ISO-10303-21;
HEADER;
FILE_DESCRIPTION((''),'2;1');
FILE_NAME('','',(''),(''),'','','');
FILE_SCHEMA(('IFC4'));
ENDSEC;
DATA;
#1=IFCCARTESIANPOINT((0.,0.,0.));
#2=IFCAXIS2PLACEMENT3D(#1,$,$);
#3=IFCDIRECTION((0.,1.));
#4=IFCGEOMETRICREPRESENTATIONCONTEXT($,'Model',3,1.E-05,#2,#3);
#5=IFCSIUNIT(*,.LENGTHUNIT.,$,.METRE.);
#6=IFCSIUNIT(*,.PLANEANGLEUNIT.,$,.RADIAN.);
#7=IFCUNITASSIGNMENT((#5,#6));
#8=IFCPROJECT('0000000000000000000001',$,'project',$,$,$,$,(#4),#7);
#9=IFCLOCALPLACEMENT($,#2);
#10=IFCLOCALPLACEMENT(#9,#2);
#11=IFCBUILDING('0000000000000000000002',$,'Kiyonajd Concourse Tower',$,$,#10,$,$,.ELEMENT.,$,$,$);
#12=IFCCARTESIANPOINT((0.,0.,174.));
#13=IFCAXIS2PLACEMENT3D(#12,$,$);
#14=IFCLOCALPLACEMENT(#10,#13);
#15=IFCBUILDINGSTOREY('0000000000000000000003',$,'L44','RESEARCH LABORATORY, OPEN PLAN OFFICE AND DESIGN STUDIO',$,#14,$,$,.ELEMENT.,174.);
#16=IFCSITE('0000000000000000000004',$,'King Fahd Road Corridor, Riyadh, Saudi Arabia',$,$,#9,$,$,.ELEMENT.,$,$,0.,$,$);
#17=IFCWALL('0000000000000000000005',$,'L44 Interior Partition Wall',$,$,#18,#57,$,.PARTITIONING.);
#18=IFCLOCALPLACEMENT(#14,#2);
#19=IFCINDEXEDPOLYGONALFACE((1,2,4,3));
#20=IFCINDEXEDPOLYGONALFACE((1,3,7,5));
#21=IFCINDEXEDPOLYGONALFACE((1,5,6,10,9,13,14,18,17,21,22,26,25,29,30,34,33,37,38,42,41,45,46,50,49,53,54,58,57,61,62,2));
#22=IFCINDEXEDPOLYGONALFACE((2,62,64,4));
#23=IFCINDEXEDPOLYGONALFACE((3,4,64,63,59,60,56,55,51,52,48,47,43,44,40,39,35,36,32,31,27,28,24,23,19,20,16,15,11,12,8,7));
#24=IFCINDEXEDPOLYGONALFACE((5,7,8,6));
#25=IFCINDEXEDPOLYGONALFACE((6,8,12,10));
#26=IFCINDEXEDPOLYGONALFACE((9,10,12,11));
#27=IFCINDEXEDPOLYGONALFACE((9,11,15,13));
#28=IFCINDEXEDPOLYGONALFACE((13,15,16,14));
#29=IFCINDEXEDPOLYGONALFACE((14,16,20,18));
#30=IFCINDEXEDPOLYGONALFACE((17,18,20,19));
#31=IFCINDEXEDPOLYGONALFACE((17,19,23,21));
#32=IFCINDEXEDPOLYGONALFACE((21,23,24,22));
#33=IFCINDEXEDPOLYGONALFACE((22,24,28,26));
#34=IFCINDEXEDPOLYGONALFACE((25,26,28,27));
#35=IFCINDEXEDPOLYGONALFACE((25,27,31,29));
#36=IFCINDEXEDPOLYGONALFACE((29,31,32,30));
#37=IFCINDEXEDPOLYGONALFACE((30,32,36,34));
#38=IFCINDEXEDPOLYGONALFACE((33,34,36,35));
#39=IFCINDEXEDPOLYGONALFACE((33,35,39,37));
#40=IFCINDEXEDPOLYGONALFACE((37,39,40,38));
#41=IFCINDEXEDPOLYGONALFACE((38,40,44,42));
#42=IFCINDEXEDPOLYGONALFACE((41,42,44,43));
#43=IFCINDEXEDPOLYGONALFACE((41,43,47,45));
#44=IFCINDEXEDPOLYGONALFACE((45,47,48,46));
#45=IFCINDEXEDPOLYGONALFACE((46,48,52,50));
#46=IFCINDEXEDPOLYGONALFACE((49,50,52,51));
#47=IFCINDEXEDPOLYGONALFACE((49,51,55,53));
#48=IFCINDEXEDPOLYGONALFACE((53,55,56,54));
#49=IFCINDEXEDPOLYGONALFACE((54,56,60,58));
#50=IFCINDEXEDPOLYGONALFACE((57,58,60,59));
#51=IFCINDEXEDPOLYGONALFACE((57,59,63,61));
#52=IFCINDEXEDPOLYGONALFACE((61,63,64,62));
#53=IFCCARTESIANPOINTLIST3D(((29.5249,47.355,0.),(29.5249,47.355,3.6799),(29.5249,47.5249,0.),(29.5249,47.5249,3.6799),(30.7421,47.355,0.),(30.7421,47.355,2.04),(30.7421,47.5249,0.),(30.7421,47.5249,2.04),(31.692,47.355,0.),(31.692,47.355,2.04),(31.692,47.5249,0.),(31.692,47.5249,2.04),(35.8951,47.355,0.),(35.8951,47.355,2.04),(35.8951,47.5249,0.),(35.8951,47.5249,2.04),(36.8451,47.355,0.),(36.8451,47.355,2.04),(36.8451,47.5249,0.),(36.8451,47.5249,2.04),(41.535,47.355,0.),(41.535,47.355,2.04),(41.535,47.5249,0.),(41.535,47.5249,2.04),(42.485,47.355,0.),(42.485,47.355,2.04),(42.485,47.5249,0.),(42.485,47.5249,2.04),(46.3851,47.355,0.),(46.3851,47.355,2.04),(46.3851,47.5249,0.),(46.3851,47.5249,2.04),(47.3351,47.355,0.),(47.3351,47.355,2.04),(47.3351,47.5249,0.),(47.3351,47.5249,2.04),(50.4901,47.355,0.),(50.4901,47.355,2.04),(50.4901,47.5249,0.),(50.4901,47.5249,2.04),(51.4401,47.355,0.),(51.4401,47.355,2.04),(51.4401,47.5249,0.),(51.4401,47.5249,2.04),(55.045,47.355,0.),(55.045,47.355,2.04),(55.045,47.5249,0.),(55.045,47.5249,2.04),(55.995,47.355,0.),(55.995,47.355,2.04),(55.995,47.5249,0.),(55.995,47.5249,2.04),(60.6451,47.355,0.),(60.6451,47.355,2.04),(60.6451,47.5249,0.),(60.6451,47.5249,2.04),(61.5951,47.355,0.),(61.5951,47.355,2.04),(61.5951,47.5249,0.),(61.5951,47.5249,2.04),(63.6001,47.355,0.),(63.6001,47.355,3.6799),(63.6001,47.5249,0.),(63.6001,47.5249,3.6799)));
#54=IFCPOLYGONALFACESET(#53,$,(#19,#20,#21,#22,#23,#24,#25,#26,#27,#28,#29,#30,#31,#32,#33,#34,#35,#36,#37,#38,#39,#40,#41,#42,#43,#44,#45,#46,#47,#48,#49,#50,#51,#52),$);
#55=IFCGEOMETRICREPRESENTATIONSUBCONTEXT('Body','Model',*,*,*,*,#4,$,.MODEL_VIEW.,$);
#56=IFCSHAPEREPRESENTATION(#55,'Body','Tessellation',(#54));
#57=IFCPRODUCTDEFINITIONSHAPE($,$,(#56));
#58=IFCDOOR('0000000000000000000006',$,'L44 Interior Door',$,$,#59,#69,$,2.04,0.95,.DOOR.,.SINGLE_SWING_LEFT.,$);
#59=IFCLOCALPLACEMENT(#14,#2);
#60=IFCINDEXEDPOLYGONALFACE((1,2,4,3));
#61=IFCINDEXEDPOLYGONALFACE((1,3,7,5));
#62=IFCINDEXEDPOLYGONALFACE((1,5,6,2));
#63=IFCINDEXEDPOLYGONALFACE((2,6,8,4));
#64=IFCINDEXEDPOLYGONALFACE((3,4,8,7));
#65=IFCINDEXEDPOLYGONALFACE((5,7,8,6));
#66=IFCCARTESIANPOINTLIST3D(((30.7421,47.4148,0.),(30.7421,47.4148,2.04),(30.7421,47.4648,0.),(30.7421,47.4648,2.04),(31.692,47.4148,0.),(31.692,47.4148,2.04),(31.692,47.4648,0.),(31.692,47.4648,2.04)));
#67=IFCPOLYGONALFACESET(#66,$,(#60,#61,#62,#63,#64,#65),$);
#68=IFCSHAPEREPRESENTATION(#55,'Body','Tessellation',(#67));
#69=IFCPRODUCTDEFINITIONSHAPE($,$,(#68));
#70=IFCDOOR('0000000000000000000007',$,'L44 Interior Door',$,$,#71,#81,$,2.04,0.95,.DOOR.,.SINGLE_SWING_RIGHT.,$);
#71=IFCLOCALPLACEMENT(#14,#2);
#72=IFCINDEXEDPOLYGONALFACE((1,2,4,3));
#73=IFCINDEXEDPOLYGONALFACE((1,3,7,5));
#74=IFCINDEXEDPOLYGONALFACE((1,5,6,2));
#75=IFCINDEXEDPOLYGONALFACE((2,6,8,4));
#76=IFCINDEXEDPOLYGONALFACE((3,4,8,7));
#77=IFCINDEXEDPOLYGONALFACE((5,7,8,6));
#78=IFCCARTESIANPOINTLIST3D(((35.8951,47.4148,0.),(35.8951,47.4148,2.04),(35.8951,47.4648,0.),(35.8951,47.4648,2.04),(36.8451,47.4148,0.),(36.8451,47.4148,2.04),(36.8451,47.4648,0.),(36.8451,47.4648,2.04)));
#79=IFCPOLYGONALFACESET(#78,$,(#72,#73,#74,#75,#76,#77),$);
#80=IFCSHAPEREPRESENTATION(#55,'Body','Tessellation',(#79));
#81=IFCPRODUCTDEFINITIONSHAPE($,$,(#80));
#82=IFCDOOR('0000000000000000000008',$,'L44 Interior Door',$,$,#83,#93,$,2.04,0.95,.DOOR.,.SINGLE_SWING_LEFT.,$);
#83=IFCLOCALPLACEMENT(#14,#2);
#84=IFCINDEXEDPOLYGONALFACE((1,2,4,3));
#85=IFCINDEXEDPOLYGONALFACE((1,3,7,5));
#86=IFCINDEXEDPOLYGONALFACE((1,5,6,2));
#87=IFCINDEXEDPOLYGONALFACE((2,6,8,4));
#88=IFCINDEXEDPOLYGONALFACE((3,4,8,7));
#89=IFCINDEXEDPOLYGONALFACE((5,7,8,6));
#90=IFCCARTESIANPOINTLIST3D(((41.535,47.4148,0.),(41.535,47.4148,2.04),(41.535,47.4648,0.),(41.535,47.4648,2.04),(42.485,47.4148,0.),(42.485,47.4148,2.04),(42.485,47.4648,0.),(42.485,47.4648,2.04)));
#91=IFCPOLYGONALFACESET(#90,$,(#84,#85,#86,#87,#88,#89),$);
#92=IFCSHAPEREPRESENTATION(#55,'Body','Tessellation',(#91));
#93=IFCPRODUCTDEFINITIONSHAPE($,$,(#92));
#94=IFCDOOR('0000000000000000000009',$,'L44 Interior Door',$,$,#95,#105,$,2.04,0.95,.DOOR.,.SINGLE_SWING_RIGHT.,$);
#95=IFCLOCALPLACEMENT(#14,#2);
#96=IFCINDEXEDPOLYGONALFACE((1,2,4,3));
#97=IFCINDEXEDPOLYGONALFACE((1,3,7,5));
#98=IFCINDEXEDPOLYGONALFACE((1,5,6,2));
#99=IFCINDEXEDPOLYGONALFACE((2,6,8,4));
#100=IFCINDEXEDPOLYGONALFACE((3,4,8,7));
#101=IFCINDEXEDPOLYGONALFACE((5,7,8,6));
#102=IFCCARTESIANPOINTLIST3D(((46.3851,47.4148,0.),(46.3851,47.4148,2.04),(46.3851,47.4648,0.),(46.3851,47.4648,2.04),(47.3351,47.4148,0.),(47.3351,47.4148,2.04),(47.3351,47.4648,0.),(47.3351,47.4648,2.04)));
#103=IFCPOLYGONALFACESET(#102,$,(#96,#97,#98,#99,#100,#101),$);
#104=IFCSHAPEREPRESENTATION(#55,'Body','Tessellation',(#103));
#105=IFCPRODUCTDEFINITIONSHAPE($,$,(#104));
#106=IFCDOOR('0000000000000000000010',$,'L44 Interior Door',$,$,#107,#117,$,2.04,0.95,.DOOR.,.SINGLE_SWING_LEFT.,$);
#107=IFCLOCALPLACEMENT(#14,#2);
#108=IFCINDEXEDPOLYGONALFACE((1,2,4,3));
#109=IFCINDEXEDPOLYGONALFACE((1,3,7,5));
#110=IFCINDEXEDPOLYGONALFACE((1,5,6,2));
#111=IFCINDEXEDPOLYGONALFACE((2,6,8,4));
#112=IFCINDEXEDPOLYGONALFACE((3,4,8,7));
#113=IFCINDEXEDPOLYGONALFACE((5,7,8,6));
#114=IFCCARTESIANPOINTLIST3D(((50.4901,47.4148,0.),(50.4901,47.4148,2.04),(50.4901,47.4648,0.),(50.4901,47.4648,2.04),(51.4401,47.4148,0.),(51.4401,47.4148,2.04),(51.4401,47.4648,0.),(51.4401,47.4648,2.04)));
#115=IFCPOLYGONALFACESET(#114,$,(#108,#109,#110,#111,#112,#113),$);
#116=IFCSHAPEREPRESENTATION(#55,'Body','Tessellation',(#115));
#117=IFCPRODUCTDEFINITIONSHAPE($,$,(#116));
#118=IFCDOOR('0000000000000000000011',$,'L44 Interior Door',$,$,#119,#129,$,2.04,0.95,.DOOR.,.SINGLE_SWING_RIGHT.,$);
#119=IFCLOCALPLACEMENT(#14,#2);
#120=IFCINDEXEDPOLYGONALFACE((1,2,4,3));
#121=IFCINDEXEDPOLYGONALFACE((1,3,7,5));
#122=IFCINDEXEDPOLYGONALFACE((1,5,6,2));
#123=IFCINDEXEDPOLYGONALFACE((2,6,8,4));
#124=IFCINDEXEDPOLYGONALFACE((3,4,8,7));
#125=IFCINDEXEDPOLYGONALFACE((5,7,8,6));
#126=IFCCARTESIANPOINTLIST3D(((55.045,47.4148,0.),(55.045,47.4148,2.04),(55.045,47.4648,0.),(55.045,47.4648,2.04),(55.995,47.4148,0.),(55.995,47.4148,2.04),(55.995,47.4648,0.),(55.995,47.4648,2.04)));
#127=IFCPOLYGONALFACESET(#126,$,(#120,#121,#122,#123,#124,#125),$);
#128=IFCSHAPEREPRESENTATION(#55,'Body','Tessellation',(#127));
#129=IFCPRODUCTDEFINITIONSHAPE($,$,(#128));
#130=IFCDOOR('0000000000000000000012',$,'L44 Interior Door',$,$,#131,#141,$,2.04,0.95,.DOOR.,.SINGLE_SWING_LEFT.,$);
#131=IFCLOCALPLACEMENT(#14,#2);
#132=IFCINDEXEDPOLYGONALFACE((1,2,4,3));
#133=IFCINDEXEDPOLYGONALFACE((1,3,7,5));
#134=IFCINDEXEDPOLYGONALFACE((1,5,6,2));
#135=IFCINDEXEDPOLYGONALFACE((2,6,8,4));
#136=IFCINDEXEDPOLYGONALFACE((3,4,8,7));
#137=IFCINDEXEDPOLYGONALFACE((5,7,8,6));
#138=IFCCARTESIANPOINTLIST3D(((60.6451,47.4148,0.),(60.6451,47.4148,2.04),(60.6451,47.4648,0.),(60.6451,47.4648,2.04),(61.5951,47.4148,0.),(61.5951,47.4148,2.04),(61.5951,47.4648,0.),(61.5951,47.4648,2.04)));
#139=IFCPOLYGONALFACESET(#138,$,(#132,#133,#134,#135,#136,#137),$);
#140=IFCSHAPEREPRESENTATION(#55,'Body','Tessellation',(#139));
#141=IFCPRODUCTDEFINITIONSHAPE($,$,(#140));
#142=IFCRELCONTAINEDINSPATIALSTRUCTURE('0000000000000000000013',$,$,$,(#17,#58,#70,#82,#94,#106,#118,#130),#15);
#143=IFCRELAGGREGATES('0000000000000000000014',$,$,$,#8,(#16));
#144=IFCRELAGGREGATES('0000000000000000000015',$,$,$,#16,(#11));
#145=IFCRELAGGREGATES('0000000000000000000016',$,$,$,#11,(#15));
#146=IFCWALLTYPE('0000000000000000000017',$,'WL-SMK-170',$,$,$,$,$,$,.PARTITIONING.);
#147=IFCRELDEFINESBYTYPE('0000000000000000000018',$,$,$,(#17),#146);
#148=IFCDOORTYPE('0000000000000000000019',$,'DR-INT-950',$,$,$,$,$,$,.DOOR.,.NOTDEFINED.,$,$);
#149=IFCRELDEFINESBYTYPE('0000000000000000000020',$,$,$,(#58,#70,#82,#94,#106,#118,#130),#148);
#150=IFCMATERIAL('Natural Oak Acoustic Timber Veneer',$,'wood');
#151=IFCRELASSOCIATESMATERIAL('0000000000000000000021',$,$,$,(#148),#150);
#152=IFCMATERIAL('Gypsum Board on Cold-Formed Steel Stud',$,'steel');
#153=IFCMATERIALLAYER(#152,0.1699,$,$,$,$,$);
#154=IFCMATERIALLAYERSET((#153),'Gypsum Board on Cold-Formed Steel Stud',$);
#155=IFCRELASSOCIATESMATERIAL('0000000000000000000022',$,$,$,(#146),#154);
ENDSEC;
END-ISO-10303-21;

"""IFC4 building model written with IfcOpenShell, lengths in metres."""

from ifc_helpers import new_model, si_unit, direction, frame, frame_2d, origin, place, context, subcontext, project, spatial, rectangle, extrude, material, layer, layer_set, type_object, element, fill, save


model = new_model("IFC4")

# Units and contexts
model_context = context("Model", 3, precision=1e-05, world=origin(), true_north=direction((0.0, 1.0)))
body_context = subcontext(model_context, "Body", "Model", "MODEL_VIEW")
ifc_project = project(units=[si_unit("LENGTHUNIT", "METRE"), si_unit("PLANEANGLEUNIT", "RADIAN")], contexts=[model_context])

# Site, building, storey
site_placement = place(None, origin())
site = spatial("IfcSite", under=ifc_project, at=site_placement, Name="King Fahd Road Corridor, Riyadh, Saudi Arabia", CompositionType="ELEMENT", RefElevation=0.0)
building_placement = place(site_placement, origin())
building = spatial("IfcBuilding", under=site, at=building_placement, Name="Kiyonajd Concourse Tower", CompositionType="ELEMENT")
storey_placement = place(building_placement, frame((0.0, 0.0, 174.0)))
storey = spatial("IfcBuildingStorey", under=building, at=storey_placement, Name="L44", Description="RESEARCH LABORATORY, OPEN PLAN OFFICE AND DESIGN STUDIO", CompositionType="ELEMENT", Elevation=174.0)

# Shared definitions
ifc_material_1 = material(Name="Natural Oak Acoustic Timber Veneer", Category="wood")
door_type_1 = type_object("IfcDoorType", Name="DR-INT-950", OperationType="NOTDEFINED", PredefinedType="DOOR", material=ifc_material_1)

# Shared definitions
ifc_material_2 = material(Name="Gypsum Board on Cold-Formed Steel Stud", Category="steel")

# Wall, openings, doors
ifc_layer_1 = layer(ifc_material_2, 0.1699)
ifc_layer_set_1 = layer_set([ifc_layer_1], Name="Gypsum Board on Cold-Formed Steel Stud")
wall_type_1 = type_object("IfcWallType", Name="WL-SMK-170", PredefinedType="PARTITIONING", material=ifc_layer_set_1)
wall_1_placement = place(storey_placement, frame((29.5249, 47.4399, 0.0), z_axis=(0.0, 0.0, 1.0), x_axis=(1.0, 0.0, 0.0)))
wall_1 = element("IfcWall", 1, at=wall_1_placement, inside=storey, type_object=wall_type_1, Name="L44 Interior Partition Wall", PredefinedType="PARTITIONING", context=body_context, shape_type="SweptSolid", body=[
    extrude(rectangle(XDim=34.0752, YDim=0.1699, at=frame_2d((17.0376, 0.0))), origin(), (0.0, 0.0, 1.0), 3.6799),
])
opening_1_placement = place(wall_1_placement, frame((1.217, 0.0, 0.0)))
opening_1 = element("IfcOpeningElement", 2, at=opening_1_placement, cuts=wall_1, PredefinedType="OPENING", context=body_context, shape_type="SweptSolid", body=[
    extrude(rectangle(XDim=0.95, YDim=2.04, at=frame_2d((0.4751, 1.02))), frame((0.0, 0.095, 0.0), z_axis=(0.0, -1.0, 0.0), x_axis=(1.0, 0.0, 0.0)), (0.0, 0.0, 1.0), 0.1899),
])
opening_2_placement = place(wall_1_placement, frame((6.3701, 0.0, 0.0)))
opening_2 = element("IfcOpeningElement", 3, at=opening_2_placement, cuts=wall_1, PredefinedType="OPENING", context=body_context, shape_type="SweptSolid", body=[
    extrude(rectangle(XDim=0.95, YDim=2.04, at=frame_2d((0.4751, 1.02))), frame((0.0, 0.095, 0.0), z_axis=(0.0, -1.0, 0.0), x_axis=(1.0, 0.0, 0.0)), (0.0, 0.0, 1.0), 0.1899),
])
opening_3_placement = place(wall_1_placement, frame((12.01, 0.0, 0.0)))
opening_3 = element("IfcOpeningElement", 4, at=opening_3_placement, cuts=wall_1, PredefinedType="OPENING", context=body_context, shape_type="SweptSolid", body=[
    extrude(rectangle(XDim=0.95, YDim=2.04, at=frame_2d((0.4751, 1.02))), frame((0.0, 0.095, 0.0), z_axis=(0.0, -1.0, 0.0), x_axis=(1.0, 0.0, 0.0)), (0.0, 0.0, 1.0), 0.1899),
])
opening_4_placement = place(wall_1_placement, frame((16.8601, 0.0, 0.0)))
opening_4 = element("IfcOpeningElement", 5, at=opening_4_placement, cuts=wall_1, PredefinedType="OPENING", context=body_context, shape_type="SweptSolid", body=[
    extrude(rectangle(XDim=0.95, YDim=2.04, at=frame_2d((0.4751, 1.02))), frame((0.0, 0.095, 0.0), z_axis=(0.0, -1.0, 0.0), x_axis=(1.0, 0.0, 0.0)), (0.0, 0.0, 1.0), 0.1899),
])
opening_5_placement = place(wall_1_placement, frame((20.9651, 0.0, 0.0)))
opening_5 = element("IfcOpeningElement", 6, at=opening_5_placement, cuts=wall_1, PredefinedType="OPENING", context=body_context, shape_type="SweptSolid", body=[
    extrude(rectangle(XDim=0.95, YDim=2.04, at=frame_2d((0.4751, 1.02))), frame((0.0, 0.095, 0.0), z_axis=(0.0, -1.0, 0.0), x_axis=(1.0, 0.0, 0.0)), (0.0, 0.0, 1.0), 0.1899),
])
opening_6_placement = place(wall_1_placement, frame((25.52, 0.0, 0.0)))
opening_6 = element("IfcOpeningElement", 7, at=opening_6_placement, cuts=wall_1, PredefinedType="OPENING", context=body_context, shape_type="SweptSolid", body=[
    extrude(rectangle(XDim=0.95, YDim=2.04, at=frame_2d((0.4751, 1.02))), frame((0.0, 0.095, 0.0), z_axis=(0.0, -1.0, 0.0), x_axis=(1.0, 0.0, 0.0)), (0.0, 0.0, 1.0), 0.1899),
])
opening_7_placement = place(wall_1_placement, frame((31.1201, 0.0, 0.0)))
opening_7 = element("IfcOpeningElement", 8, at=opening_7_placement, cuts=wall_1, PredefinedType="OPENING", context=body_context, shape_type="SweptSolid", body=[
    extrude(rectangle(XDim=0.95, YDim=2.04, at=frame_2d((0.4751, 1.02))), frame((0.0, 0.095, 0.0), z_axis=(0.0, -1.0, 0.0), x_axis=(1.0, 0.0, 0.0)), (0.0, 0.0, 1.0), 0.1899),
])
door_1_placement = place(opening_1_placement, origin())
door_1 = element("IfcDoor", 9, at=door_1_placement, inside=storey, type_object=door_type_1, Name="L44 Interior Door", OperationType="SINGLE_SWING_LEFT", OverallHeight=2.04, OverallWidth=0.95, PredefinedType="DOOR", context=body_context, shape_type="SweptSolid", body=[
    extrude(rectangle(XDim=0.95, YDim=2.04, at=frame_2d((0.4751, 1.02))), frame((0.0, 0.0249, 0.0), z_axis=(0.0, -1.0, 0.0), x_axis=(1.0, 0.0, 0.0)), (0.0, 0.0, 1.0), 0.05),
])
fill(opening_1, door_1)
door_2_placement = place(opening_2_placement, origin())
door_2 = element("IfcDoor", 10, at=door_2_placement, inside=storey, type_object=door_type_1, Name="L44 Interior Door", OperationType="SINGLE_SWING_RIGHT", OverallHeight=2.04, OverallWidth=0.95, PredefinedType="DOOR", context=body_context, shape_type="SweptSolid", body=[
    extrude(rectangle(XDim=0.95, YDim=2.04, at=frame_2d((0.4751, 1.02))), frame((0.0, 0.0249, 0.0), z_axis=(0.0, -1.0, 0.0), x_axis=(1.0, 0.0, 0.0)), (0.0, 0.0, 1.0), 0.05),
])
fill(opening_2, door_2)
door_3_placement = place(opening_3_placement, origin())
door_3 = element("IfcDoor", 11, at=door_3_placement, inside=storey, type_object=door_type_1, Name="L44 Interior Door", OperationType="SINGLE_SWING_LEFT", OverallHeight=2.04, OverallWidth=0.95, PredefinedType="DOOR", context=body_context, shape_type="SweptSolid", body=[
    extrude(rectangle(XDim=0.95, YDim=2.04, at=frame_2d((0.4751, 1.02))), frame((0.0, 0.0249, 0.0), z_axis=(0.0, -1.0, 0.0), x_axis=(1.0, 0.0, 0.0)), (0.0, 0.0, 1.0), 0.05),
])
fill(opening_3, door_3)
door_4_placement = place(opening_4_placement, origin())
door_4 = element("IfcDoor", 12, at=door_4_placement, inside=storey, type_object=door_type_1, Name="L44 Interior Door", OperationType="SINGLE_SWING_RIGHT", OverallHeight=2.04, OverallWidth=0.95, PredefinedType="DOOR", context=body_context, shape_type="SweptSolid", body=[
    extrude(rectangle(XDim=0.95, YDim=2.04, at=frame_2d((0.4751, 1.02))), frame((0.0, 0.0249, 0.0), z_axis=(0.0, -1.0, 0.0), x_axis=(1.0, 0.0, 0.0)), (0.0, 0.0, 1.0), 0.05),
])
fill(opening_4, door_4)
door_5_placement = place(opening_5_placement, origin())
door_5 = element("IfcDoor", 13, at=door_5_placement, inside=storey, type_object=door_type_1, Name="L44 Interior Door", OperationType="SINGLE_SWING_LEFT", OverallHeight=2.04, OverallWidth=0.95, PredefinedType="DOOR", context=body_context, shape_type="SweptSolid", body=[
    extrude(rectangle(XDim=0.95, YDim=2.04, at=frame_2d((0.4751, 1.02))), frame((0.0, 0.0249, 0.0), z_axis=(0.0, -1.0, 0.0), x_axis=(1.0, 0.0, 0.0)), (0.0, 0.0, 1.0), 0.05),
])
fill(opening_5, door_5)
door_6_placement = place(opening_6_placement, origin())
door_6 = element("IfcDoor", 14, at=door_6_placement, inside=storey, type_object=door_type_1, Name="L44 Interior Door", OperationType="SINGLE_SWING_RIGHT", OverallHeight=2.04, OverallWidth=0.95, PredefinedType="DOOR", context=body_context, shape_type="SweptSolid", body=[
    extrude(rectangle(XDim=0.95, YDim=2.04, at=frame_2d((0.4751, 1.02))), frame((0.0, 0.0249, 0.0), z_axis=(0.0, -1.0, 0.0), x_axis=(1.0, 0.0, 0.0)), (0.0, 0.0, 1.0), 0.05),
])
fill(opening_6, door_6)
door_7_placement = place(opening_7_placement, origin())
door_7 = element("IfcDoor", 15, at=door_7_placement, inside=storey, type_object=door_type_1, Name="L44 Interior Door", OperationType="SINGLE_SWING_LEFT", OverallHeight=2.04, OverallWidth=0.95, PredefinedType="DOOR", context=body_context, shape_type="SweptSolid", body=[
    extrude(rectangle(XDim=0.95, YDim=2.04, at=frame_2d((0.4751, 1.02))), frame((0.0, 0.0249, 0.0), z_axis=(0.0, -1.0, 0.0), x_axis=(1.0, 0.0, 0.0)), (0.0, 0.0, 1.0), 0.05),
])
fill(opening_7, door_7)

save(model, "model.ifc")
